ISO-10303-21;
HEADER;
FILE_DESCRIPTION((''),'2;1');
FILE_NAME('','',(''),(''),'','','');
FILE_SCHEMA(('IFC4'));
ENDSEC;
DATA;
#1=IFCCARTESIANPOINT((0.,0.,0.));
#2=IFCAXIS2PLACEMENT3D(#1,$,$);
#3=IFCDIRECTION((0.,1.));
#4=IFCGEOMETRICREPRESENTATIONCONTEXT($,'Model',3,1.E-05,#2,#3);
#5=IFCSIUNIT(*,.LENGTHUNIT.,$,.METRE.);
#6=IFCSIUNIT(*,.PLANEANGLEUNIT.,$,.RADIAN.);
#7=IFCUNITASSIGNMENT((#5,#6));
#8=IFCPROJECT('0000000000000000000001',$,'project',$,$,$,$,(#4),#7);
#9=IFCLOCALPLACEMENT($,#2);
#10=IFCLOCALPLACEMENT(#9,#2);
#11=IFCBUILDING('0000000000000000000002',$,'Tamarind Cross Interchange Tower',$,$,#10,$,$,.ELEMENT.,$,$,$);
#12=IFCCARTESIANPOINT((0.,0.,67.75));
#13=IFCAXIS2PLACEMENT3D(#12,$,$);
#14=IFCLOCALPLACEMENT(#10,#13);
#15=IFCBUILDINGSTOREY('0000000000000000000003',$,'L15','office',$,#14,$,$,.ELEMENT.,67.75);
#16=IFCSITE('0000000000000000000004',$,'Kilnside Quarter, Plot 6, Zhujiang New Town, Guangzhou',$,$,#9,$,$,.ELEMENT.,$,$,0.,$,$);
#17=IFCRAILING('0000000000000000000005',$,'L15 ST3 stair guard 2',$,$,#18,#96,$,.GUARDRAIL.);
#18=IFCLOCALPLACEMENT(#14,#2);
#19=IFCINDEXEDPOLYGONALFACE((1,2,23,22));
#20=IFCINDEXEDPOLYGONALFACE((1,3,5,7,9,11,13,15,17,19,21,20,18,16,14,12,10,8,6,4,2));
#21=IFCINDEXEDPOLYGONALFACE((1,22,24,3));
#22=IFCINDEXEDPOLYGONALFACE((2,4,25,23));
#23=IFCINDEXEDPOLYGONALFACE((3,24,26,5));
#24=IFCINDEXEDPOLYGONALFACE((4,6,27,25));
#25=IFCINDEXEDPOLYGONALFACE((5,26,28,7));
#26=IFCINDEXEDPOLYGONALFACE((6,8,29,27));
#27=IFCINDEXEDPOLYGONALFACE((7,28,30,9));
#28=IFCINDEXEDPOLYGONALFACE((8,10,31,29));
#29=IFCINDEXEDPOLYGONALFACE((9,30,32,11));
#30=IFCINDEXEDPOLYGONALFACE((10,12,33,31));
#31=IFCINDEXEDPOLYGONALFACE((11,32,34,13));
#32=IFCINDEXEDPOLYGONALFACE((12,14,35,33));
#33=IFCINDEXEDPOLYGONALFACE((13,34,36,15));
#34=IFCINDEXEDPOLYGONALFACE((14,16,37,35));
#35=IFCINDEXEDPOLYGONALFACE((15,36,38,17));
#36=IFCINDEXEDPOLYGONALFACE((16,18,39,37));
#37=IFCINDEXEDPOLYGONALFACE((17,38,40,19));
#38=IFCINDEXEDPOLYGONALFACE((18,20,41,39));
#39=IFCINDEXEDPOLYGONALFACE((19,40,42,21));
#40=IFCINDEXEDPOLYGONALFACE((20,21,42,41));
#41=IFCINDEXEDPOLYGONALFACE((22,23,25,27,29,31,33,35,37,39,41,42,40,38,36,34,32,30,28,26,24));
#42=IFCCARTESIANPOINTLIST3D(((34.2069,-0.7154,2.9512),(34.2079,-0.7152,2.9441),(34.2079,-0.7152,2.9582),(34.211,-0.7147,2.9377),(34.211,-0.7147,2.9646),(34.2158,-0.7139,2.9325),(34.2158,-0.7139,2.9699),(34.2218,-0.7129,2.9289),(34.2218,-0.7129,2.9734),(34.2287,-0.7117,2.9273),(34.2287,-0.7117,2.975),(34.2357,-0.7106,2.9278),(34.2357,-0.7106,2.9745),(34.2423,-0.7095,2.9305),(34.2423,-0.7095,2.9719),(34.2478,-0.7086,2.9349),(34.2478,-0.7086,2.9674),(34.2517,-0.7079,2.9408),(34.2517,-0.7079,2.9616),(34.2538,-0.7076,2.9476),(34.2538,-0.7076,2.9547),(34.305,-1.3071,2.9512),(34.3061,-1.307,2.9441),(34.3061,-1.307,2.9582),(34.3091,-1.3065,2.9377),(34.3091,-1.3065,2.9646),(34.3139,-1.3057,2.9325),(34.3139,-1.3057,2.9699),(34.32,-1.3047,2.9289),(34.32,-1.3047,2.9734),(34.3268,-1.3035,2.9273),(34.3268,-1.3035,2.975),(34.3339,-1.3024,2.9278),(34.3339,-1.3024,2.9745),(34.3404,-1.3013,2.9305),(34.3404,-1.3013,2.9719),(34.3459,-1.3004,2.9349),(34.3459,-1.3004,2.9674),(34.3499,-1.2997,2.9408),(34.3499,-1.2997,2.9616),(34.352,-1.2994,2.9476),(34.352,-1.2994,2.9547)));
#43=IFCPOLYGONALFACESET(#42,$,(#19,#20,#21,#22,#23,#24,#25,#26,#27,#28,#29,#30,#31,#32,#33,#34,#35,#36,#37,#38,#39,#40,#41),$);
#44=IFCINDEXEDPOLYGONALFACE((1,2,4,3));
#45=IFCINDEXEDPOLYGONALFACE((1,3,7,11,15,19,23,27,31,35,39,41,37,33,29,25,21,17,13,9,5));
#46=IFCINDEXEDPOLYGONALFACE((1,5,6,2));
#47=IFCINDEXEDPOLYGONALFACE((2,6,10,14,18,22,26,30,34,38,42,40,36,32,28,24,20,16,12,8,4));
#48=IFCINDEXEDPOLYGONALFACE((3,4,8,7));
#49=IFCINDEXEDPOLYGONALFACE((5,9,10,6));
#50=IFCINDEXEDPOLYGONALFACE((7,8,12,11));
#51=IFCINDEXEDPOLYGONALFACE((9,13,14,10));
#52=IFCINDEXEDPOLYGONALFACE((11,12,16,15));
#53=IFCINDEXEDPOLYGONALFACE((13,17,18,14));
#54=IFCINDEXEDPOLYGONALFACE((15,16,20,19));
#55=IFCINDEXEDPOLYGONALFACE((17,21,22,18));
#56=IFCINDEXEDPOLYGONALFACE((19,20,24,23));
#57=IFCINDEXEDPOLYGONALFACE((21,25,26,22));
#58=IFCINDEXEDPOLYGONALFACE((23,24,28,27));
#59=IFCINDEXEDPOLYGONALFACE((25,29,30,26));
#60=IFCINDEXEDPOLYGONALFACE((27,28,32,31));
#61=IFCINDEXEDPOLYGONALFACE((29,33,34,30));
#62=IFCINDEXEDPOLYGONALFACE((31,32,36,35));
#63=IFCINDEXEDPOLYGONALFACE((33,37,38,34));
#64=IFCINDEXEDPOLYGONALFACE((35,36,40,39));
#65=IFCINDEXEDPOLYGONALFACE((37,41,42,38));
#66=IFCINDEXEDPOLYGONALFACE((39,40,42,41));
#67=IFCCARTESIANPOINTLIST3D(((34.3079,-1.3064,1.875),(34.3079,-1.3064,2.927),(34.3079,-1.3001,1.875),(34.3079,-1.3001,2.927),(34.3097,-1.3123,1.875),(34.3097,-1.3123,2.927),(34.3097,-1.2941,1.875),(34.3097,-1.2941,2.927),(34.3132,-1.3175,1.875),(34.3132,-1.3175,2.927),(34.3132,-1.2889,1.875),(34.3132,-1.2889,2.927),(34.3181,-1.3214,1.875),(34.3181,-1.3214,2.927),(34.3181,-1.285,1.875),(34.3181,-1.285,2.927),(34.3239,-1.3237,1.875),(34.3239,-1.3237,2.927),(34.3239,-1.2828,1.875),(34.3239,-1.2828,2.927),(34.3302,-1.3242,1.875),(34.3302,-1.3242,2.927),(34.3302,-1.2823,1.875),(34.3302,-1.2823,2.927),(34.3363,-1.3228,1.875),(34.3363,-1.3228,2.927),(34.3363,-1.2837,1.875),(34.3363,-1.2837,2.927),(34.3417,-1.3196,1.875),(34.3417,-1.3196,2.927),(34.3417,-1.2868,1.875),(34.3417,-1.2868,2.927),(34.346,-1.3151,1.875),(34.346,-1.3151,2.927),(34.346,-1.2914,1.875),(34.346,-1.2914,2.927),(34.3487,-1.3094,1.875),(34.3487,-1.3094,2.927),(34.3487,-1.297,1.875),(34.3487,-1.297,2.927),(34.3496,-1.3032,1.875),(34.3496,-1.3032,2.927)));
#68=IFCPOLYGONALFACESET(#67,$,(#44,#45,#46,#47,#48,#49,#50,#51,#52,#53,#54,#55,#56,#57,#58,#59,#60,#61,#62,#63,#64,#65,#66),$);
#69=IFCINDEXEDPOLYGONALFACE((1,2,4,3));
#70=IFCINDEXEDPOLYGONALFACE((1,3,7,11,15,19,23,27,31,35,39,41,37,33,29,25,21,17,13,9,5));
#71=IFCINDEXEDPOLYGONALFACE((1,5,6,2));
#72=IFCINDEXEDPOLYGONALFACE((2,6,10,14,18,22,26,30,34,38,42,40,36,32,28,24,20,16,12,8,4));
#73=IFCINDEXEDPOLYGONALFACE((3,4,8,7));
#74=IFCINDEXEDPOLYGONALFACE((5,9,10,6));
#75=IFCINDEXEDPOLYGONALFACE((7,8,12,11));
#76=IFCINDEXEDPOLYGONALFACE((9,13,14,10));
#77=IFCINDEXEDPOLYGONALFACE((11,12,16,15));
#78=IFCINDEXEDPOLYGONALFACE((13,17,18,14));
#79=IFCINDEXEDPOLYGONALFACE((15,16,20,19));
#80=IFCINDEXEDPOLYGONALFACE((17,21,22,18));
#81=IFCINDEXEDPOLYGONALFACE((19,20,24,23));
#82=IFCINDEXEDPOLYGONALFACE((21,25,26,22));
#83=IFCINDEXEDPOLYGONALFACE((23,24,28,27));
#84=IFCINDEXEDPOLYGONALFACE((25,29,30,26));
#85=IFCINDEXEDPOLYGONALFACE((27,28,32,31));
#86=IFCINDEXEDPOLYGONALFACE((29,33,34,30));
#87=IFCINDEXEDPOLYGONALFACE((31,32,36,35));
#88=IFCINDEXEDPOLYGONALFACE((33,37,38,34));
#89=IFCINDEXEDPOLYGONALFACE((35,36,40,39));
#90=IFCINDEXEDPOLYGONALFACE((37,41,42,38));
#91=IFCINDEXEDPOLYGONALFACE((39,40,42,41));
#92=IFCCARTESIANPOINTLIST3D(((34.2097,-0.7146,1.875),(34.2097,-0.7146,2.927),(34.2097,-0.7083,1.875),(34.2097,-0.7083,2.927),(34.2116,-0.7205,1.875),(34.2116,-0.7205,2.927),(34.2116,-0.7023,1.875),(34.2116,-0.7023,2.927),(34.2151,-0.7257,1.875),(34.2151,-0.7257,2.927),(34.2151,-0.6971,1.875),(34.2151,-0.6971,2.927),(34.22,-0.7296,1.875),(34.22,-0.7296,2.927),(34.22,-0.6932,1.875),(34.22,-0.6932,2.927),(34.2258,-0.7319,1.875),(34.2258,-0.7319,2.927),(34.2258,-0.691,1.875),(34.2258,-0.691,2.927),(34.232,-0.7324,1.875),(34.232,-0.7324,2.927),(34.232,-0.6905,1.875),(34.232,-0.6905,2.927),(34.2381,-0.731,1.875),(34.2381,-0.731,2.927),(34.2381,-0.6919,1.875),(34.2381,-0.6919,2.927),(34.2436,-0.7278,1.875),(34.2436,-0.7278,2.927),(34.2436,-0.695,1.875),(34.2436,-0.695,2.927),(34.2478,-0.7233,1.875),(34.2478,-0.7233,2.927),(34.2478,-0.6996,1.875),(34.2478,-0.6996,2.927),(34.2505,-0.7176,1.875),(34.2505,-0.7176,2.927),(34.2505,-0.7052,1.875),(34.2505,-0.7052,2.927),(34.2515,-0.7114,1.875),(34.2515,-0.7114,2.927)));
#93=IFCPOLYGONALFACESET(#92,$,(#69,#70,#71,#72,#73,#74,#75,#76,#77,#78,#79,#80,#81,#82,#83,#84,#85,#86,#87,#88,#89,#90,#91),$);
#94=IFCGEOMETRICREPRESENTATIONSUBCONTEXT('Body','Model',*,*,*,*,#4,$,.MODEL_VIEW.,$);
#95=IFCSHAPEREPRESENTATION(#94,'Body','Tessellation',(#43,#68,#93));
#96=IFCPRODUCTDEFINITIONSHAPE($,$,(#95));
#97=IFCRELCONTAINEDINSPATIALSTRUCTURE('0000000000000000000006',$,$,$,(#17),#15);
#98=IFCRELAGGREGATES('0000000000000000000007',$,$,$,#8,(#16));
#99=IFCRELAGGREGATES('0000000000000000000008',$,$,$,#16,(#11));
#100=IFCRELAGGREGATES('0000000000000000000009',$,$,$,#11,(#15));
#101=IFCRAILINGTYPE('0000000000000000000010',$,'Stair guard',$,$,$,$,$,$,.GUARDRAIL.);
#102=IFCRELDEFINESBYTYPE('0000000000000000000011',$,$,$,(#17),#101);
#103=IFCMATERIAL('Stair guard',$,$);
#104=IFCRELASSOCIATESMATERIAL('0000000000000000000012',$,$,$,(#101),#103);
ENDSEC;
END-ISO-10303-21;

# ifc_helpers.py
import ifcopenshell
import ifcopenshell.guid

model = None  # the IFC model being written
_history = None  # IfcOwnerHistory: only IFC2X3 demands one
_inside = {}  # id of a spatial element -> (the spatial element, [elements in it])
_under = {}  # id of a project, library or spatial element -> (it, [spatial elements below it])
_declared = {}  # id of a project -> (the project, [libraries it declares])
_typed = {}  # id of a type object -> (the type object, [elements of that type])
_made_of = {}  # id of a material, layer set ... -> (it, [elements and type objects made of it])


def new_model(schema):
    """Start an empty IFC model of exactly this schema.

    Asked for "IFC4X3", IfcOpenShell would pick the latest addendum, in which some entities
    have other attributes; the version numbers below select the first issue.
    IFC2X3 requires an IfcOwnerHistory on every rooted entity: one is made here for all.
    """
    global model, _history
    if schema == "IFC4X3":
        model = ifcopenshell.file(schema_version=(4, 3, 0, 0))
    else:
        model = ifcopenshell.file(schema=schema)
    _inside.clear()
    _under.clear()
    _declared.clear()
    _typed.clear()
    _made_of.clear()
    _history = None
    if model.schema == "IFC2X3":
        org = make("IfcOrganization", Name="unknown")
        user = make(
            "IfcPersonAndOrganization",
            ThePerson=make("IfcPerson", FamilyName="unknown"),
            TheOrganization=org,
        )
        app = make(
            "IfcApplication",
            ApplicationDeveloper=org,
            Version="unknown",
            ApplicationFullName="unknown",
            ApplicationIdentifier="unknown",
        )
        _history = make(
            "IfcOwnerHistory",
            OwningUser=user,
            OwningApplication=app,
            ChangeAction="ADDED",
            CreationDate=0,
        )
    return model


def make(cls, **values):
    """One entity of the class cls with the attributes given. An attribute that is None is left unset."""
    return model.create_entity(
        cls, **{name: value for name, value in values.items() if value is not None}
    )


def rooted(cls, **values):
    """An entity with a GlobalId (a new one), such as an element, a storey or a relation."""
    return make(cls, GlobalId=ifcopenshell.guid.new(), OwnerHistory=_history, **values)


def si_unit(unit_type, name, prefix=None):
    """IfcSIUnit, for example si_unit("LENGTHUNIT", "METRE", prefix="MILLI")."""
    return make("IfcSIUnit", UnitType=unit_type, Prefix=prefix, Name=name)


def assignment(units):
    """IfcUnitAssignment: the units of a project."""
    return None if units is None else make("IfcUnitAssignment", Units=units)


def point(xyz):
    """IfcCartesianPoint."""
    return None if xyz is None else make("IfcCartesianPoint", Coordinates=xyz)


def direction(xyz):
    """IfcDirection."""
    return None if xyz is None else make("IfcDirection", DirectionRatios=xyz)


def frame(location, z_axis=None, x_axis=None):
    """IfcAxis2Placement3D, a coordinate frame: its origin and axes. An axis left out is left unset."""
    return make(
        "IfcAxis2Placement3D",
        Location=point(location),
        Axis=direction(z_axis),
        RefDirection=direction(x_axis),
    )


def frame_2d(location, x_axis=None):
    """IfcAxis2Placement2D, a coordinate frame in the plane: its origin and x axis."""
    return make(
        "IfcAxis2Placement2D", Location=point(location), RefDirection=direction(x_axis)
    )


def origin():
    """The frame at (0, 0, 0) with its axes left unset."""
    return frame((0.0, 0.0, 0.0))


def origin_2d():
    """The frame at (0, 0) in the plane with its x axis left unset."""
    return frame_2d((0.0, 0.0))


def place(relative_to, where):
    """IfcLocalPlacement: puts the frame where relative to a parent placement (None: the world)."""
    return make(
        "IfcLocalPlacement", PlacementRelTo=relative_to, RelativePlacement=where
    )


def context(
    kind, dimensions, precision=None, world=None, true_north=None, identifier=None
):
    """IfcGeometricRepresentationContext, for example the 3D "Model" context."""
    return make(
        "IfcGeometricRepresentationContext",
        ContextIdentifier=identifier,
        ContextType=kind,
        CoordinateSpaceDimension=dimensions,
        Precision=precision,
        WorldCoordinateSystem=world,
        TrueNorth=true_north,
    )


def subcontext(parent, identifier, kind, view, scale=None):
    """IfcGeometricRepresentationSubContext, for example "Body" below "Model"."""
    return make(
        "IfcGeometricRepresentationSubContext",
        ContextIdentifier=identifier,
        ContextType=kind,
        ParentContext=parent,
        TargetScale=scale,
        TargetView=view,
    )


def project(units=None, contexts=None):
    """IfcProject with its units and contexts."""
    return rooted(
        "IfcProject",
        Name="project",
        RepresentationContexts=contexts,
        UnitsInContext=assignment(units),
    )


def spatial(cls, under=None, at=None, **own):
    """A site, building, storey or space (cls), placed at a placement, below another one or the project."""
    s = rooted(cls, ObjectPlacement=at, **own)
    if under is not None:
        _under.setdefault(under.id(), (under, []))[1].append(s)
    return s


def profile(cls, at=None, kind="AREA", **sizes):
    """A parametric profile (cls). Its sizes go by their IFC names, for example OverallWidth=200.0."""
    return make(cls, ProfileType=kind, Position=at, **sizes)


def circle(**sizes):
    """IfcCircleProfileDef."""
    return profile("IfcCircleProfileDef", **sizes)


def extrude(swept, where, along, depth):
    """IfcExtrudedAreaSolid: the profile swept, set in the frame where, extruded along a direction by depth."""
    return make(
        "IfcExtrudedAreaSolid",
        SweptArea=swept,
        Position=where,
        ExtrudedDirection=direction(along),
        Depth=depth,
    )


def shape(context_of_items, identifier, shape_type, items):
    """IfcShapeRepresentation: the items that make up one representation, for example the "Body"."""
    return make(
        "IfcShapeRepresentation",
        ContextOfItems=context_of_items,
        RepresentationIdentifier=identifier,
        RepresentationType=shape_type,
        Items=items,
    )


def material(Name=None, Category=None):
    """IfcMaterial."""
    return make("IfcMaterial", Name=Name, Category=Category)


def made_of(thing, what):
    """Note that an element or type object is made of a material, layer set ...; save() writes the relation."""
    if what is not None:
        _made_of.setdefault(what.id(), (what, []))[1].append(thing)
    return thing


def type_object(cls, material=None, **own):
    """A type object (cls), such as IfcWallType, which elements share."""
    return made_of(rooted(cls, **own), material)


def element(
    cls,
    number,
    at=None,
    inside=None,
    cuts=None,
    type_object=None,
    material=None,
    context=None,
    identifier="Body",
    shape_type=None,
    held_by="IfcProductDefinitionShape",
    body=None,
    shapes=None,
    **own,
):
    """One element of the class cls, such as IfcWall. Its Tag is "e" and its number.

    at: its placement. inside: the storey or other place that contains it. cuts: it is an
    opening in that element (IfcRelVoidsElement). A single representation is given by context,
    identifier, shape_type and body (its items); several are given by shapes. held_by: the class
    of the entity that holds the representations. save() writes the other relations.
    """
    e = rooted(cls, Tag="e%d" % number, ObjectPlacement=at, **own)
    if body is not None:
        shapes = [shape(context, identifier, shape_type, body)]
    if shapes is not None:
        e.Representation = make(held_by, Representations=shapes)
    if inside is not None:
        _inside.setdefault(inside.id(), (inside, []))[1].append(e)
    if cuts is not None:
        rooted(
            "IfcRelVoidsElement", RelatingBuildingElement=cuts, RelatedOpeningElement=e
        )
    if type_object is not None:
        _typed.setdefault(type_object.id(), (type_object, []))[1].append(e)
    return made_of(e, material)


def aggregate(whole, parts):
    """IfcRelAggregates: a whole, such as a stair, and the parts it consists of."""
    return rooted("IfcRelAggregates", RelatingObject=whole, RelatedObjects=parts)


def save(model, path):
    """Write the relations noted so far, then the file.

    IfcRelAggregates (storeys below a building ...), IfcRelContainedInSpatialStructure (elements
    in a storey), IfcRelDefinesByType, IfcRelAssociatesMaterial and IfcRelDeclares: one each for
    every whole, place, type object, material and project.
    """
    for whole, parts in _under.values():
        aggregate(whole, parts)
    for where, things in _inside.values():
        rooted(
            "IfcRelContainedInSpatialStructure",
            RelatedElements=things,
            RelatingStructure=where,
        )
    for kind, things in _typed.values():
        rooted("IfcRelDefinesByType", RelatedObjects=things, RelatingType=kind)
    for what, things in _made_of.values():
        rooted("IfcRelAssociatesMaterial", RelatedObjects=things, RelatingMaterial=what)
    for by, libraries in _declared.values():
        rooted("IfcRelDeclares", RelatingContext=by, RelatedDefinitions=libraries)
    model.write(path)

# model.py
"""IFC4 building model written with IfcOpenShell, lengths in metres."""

from ifc_helpers import new_model, si_unit, direction, frame, origin, origin_2d, place, context, subcontext, project, spatial, circle, extrude, material, type_object, element, save


model = new_model("IFC4")

# Units and contexts
model_context = context("Model", 3, precision=1e-05, world=origin(), true_north=direction((0.0, 1.0)))
body_context = subcontext(model_context, "Body", "Model", "MODEL_VIEW")
ifc_project = project(units=[si_unit("LENGTHUNIT", "METRE"), si_unit("PLANEANGLEUNIT", "RADIAN")], contexts=[model_context])

# Site, building, storey
site_placement = place(None, origin())
site = spatial("IfcSite", under=ifc_project, at=site_placement, Name="Kilnside Quarter, Plot 6, Zhujiang New Town, Guangzhou", CompositionType="ELEMENT", RefElevation=0.0)
building_placement = place(site_placement, origin())
building = spatial("IfcBuilding", under=site, at=building_placement, Name="Tamarind Cross Interchange Tower", CompositionType="ELEMENT")
storey_placement = place(building_placement, frame((0.0, 0.0, 67.75)))
storey = spatial("IfcBuildingStorey", under=building, at=storey_placement, Name="L15", Description="office", CompositionType="ELEMENT", Elevation=67.75)

# Railing
ifc_material_1 = material(Name="Stair guard")
railing_type_1 = type_object("IfcRailingType", Name="Stair guard", PredefinedType="GUARDRAIL", material=ifc_material_1)
railing_1_placement = place(storey_placement, frame((34.3286, -1.3032, 1.875)))
element("IfcRailing", 1, at=railing_1_placement, inside=storey, type_object=railing_type_1, Name="L15 ST3 stair guard 2", PredefinedType="GUARDRAIL", context=body_context, shape_type="SweptSolid", body=[
    extrude(circle(Radius=0.0239, at=origin_2d()), frame((0.0, 0.0, 1.0762), z_axis=(-0.163607, 0.986526, 0.0), x_axis=(-0.986526, -0.163607, 0.0)), (0.0, 0.0, 1.0), 0.5999),
    extrude(circle(Radius=0.021, at=origin_2d()), origin(), (0.0, 0.0, 1.0), 1.052),
    extrude(circle(Radius=0.021, at=origin_2d()), frame((-0.0981, 0.5918, 0.0)), (0.0, 0.0, 1.0), 1.052),
])

save(model, "model.ifc")
